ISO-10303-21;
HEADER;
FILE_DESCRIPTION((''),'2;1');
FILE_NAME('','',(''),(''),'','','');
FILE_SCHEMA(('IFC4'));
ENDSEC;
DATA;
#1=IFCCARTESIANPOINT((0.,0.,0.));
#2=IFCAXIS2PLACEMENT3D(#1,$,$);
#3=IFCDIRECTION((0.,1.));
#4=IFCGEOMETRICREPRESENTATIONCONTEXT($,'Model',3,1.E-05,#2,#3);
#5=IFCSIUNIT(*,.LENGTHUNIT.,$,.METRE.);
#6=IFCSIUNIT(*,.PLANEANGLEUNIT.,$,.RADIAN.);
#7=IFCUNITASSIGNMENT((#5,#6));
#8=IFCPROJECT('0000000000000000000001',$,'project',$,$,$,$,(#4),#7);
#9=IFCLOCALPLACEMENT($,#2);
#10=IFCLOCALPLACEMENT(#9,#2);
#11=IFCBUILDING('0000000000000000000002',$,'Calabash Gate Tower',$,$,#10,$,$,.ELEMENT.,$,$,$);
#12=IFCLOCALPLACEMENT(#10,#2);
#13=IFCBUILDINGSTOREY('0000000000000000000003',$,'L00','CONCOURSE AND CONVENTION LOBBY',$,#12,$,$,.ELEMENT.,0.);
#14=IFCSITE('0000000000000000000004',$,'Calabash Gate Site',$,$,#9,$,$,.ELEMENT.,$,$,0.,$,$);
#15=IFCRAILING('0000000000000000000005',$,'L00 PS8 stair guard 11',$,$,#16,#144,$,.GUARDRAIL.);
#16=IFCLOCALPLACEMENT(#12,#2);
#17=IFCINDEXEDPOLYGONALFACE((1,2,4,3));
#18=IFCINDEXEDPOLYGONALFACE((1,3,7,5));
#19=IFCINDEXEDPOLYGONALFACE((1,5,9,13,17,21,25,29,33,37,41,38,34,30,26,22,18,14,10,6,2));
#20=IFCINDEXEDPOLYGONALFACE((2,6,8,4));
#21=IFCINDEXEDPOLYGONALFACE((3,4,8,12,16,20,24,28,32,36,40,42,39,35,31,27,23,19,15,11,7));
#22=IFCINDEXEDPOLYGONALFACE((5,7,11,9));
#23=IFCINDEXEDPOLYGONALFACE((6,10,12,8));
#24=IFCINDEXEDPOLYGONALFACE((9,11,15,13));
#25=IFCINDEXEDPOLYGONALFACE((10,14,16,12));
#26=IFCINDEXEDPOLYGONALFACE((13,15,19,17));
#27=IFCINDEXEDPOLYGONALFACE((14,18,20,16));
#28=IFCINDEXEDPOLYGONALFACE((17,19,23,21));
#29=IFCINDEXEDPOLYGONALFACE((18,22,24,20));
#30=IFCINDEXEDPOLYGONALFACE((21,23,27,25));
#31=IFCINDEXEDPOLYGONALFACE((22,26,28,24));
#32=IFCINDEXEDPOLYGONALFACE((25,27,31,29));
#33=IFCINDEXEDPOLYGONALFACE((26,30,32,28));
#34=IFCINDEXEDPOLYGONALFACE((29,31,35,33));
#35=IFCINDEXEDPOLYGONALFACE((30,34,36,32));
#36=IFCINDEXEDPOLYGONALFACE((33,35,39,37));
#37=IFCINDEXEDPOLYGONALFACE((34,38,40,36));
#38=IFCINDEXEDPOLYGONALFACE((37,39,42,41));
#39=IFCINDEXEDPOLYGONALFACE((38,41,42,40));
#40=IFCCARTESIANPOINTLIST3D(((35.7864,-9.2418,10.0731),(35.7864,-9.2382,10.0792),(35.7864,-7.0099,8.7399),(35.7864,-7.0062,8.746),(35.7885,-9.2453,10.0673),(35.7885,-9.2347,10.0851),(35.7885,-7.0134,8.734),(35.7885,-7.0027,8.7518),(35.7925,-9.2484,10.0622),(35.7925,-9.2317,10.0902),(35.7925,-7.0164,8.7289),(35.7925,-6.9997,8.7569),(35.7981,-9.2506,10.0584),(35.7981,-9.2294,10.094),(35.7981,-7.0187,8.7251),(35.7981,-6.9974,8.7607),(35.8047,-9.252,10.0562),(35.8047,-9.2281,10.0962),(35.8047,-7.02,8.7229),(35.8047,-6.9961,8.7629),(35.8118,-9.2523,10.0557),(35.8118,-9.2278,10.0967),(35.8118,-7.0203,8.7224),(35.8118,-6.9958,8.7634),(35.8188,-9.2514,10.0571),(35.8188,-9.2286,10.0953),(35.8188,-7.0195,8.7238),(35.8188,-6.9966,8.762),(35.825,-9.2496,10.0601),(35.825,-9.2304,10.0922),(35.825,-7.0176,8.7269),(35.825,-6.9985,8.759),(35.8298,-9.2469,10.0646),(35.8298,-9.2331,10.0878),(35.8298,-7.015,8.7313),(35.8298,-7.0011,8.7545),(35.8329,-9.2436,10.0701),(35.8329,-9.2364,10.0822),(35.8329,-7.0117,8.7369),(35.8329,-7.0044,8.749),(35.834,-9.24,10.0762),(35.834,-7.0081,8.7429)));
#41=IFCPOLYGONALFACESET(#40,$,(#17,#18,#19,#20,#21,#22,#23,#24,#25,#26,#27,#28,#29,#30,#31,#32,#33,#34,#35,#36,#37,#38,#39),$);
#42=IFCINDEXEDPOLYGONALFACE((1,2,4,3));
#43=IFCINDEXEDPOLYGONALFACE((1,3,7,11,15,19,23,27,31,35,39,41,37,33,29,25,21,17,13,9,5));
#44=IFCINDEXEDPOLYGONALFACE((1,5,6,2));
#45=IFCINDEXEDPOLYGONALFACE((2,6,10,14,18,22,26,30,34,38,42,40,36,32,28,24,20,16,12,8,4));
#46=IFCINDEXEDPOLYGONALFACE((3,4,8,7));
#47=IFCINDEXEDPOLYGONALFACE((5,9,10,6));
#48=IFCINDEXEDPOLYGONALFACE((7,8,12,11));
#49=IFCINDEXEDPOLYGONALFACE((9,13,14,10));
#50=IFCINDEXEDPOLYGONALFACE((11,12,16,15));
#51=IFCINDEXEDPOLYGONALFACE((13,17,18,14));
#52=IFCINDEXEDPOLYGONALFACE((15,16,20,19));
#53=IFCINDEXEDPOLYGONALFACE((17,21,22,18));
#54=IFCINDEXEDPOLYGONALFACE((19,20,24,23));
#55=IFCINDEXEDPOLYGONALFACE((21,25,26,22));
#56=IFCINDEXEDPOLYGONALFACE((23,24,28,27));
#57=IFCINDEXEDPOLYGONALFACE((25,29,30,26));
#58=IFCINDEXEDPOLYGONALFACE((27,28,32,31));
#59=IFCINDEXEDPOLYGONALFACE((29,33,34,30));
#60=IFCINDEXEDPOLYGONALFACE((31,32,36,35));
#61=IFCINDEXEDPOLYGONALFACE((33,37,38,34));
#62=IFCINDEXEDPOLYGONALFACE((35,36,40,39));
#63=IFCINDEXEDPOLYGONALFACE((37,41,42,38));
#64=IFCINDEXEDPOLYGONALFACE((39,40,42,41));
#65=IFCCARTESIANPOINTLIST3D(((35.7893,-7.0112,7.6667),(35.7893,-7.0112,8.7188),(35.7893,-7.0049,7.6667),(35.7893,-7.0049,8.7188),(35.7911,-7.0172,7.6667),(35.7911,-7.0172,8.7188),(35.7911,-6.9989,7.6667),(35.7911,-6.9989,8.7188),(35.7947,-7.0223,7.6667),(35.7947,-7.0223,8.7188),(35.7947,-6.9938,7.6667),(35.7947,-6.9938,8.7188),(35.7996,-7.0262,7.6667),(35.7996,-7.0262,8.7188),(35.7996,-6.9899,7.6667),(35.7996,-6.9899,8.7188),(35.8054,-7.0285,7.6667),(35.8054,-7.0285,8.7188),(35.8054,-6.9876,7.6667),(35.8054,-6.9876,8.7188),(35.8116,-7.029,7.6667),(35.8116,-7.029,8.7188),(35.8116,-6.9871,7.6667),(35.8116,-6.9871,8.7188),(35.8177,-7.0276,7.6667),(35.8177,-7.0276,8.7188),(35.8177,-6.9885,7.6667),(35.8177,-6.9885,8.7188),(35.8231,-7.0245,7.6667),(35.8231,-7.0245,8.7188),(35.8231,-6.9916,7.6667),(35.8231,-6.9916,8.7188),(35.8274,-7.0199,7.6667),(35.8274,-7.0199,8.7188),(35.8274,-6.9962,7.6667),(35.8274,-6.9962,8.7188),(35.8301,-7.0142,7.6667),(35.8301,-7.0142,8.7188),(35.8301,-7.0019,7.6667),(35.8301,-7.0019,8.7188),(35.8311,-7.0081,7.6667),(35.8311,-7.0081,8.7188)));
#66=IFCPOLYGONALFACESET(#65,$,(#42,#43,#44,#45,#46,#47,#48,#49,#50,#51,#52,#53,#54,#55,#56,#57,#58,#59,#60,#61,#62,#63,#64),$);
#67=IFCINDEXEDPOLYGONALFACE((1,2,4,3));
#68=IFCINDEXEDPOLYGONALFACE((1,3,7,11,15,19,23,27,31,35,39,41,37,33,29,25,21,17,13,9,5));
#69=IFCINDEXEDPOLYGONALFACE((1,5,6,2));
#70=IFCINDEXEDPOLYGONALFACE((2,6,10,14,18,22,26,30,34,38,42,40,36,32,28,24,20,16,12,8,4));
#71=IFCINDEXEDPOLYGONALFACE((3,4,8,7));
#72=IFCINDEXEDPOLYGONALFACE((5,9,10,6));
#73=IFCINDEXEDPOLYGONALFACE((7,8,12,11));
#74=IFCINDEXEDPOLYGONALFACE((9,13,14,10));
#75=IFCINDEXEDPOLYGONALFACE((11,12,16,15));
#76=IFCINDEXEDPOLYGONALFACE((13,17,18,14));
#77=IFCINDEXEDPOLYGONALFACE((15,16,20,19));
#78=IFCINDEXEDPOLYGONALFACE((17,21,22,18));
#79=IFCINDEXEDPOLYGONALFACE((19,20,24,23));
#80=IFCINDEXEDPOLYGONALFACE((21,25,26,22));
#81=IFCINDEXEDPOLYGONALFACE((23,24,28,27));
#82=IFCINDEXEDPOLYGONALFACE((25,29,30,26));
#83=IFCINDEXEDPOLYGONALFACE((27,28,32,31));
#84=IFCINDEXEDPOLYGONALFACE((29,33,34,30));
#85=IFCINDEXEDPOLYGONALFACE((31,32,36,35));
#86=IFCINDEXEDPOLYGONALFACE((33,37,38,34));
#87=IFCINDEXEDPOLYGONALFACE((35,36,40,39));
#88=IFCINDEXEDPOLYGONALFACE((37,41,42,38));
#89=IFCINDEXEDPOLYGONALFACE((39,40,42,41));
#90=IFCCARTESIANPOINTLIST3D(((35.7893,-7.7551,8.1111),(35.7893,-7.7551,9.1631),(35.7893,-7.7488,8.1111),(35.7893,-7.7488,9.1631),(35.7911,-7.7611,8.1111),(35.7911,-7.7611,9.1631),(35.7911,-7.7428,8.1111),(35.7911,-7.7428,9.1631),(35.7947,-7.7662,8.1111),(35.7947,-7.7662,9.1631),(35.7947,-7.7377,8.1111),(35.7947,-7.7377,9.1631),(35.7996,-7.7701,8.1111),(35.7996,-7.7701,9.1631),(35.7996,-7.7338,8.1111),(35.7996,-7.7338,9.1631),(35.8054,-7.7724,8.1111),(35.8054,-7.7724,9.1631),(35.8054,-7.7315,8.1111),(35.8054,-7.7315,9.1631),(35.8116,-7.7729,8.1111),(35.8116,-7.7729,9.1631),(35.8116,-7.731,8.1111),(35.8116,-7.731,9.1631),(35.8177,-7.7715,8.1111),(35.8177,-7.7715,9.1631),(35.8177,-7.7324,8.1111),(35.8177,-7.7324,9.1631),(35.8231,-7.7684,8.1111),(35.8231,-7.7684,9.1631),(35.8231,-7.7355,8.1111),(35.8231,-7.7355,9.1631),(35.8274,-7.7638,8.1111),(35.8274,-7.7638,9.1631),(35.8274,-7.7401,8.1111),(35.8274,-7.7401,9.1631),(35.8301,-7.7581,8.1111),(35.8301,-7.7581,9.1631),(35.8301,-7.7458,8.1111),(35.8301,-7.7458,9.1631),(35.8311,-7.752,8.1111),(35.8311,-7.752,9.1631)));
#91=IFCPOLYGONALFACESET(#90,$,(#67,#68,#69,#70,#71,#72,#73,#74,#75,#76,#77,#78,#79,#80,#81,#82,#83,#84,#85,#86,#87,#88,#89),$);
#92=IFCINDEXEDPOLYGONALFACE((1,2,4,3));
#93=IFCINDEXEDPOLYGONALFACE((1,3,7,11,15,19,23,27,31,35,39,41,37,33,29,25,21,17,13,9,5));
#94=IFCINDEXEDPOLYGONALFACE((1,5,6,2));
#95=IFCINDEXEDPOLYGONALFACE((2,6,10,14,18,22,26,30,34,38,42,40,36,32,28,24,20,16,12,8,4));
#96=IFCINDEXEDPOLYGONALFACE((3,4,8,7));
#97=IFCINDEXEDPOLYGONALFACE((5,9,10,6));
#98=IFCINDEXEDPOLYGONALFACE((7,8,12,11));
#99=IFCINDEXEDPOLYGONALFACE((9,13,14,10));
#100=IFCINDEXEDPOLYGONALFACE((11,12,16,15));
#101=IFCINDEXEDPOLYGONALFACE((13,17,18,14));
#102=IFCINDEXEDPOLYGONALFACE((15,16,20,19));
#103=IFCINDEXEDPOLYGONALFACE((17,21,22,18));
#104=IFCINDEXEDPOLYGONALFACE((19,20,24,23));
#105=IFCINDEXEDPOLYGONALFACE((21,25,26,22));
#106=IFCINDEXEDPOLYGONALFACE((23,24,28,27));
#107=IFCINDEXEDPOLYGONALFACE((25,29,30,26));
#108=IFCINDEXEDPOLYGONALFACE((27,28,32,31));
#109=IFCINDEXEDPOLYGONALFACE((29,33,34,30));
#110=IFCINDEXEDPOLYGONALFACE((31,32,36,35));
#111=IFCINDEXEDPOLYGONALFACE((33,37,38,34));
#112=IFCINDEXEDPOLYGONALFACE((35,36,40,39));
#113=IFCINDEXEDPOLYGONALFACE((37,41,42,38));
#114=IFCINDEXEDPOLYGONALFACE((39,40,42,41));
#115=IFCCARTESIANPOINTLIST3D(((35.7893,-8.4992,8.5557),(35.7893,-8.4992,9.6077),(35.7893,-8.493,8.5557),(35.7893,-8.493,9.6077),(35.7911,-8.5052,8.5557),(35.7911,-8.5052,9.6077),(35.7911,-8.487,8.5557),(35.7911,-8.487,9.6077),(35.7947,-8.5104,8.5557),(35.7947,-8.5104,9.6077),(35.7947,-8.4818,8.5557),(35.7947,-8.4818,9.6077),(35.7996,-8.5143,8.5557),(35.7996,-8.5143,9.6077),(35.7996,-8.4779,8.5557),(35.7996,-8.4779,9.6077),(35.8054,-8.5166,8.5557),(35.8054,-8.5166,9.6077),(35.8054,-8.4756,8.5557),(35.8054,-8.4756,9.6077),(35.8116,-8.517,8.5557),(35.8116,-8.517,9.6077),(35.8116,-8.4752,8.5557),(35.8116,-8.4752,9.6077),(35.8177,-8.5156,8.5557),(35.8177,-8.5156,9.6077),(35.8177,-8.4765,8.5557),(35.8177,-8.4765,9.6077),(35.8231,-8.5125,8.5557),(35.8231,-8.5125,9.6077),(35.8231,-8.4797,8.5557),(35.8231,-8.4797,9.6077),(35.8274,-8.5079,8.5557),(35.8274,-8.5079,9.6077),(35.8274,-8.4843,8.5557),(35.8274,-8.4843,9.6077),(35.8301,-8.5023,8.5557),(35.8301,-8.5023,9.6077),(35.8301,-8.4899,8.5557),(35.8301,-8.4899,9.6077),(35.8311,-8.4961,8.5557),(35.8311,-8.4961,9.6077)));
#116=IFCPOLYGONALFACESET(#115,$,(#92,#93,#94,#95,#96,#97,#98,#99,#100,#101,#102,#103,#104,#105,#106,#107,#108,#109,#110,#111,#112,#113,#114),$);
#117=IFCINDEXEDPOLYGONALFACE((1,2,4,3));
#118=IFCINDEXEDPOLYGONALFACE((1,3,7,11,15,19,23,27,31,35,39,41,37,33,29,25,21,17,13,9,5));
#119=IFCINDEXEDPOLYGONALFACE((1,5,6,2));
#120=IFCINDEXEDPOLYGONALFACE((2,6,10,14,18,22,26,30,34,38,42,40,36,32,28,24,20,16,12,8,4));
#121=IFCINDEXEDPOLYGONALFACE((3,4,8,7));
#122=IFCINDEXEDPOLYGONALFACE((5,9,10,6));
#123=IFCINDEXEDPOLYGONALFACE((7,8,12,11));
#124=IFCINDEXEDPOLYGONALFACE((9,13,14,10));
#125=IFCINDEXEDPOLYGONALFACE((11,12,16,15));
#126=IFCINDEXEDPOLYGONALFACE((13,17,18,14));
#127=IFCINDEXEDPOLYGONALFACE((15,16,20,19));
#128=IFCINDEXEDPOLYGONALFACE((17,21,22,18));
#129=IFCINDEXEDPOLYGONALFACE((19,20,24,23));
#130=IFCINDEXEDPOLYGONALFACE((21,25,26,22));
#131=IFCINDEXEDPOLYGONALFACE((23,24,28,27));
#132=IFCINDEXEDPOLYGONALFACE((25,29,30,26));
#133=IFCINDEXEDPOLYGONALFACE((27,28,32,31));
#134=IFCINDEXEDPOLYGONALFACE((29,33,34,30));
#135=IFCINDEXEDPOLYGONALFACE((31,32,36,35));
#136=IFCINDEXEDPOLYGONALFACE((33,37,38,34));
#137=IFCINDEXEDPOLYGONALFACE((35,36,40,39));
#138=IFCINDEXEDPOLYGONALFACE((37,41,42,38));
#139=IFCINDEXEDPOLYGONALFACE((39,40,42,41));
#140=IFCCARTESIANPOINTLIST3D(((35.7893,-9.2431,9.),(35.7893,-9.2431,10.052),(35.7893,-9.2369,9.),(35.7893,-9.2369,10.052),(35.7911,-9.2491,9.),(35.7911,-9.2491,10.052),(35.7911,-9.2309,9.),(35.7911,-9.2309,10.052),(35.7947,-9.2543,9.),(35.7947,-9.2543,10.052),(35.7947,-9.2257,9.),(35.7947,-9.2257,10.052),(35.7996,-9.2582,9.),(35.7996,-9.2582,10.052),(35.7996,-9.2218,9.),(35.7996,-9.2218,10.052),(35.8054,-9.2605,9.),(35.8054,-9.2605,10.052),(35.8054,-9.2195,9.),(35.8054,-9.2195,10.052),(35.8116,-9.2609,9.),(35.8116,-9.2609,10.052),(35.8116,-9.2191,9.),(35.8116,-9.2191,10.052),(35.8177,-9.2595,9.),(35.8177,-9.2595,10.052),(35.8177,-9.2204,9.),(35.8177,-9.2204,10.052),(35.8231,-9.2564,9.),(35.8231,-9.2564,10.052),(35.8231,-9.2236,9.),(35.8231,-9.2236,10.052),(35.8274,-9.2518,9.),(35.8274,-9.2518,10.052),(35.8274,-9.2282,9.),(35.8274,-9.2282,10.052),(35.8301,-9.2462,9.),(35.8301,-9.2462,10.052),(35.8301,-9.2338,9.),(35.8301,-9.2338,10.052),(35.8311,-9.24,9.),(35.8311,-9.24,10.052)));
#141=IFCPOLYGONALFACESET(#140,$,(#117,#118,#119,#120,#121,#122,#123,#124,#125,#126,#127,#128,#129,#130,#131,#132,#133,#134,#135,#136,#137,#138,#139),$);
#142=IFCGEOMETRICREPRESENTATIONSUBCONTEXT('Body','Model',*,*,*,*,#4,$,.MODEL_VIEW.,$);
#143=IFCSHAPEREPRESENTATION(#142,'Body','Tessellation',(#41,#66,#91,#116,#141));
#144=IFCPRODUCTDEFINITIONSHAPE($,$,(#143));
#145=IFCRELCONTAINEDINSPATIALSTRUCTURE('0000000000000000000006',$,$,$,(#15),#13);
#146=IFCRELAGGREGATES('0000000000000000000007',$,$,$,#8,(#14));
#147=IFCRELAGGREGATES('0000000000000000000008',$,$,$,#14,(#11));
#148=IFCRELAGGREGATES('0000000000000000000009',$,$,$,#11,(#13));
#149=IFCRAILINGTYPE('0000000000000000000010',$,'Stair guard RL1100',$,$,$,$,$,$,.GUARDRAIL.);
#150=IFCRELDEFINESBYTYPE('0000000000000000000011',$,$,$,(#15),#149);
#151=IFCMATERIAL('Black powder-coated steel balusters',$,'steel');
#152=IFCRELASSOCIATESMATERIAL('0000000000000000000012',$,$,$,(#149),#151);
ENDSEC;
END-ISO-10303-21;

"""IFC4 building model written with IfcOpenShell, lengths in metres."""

from ifc_helpers import new_model, si_unit, direction, frame, origin, origin_2d, place, context, subcontext, project, spatial, circle, extrude, material, type_object, element, save


model = new_model("IFC4")

# Units and contexts
model_context = context("Model", 3, precision=1e-05, world=origin(), true_north=direction((0.0, 1.0)))
body_context = subcontext(model_context, "Body", "Model", "MODEL_VIEW")
ifc_project = project(units=[si_unit("LENGTHUNIT", "METRE"), si_unit("PLANEANGLEUNIT", "RADIAN")], contexts=[model_context])

# Site, building, storey
site_placement = place(None, origin())
site = spatial("IfcSite", under=ifc_project, at=site_placement, Name="Calabash Gate Site", CompositionType="ELEMENT", RefElevation=0.0)
building_placement = place(site_placement, origin())
building = spatial("IfcBuilding", under=site, at=building_placement, Name="Calabash Gate Tower", CompositionType="ELEMENT")
storey_placement = place(building_placement, origin())
storey = spatial("IfcBuildingStorey", under=building, at=storey_placement, Name="L00", Description="CONCOURSE AND CONVENTION LOBBY", CompositionType="ELEMENT", Elevation=0.0)

# Railing
ifc_material_1 = material(Name="Black powder-coated steel balusters", Category="steel")
railing_type_1 = type_object("IfcRailingType", Name="Stair guard RL1100", PredefinedType="GUARDRAIL", material=ifc_material_1)
railing_1_placement = place(storey_placement, frame((35.8101, -7.0081, 7.6667)))
element("IfcRailing", 1, at=railing_1_placement, inside=storey, type_object=railing_type_1, Name="L00 PS8 stair guard 11", PredefinedType="GUARDRAIL", context=body_context, shape_type="SweptSolid", body=[
    extrude(circle(Radius=0.0239, at=origin_2d()), frame((0.0, 0.0, 1.0762), z_axis=(0.0, -0.858494, 0.512824), x_axis=(1.0, 0.0, 0.0)), (0.0, 0.0, 1.0), 2.5999),
    extrude(circle(Radius=0.021, at=origin_2d()), origin(), (0.0, 0.0, 1.0), 1.052),
    extrude(circle(Radius=0.021, at=origin_2d()), frame((0.0, -0.7439, 0.4443)), (0.0, 0.0, 1.0), 1.052),
    extrude(circle(Radius=0.021, at=origin_2d()), frame((0.0, -1.488, 0.8889)), (0.0, 0.0, 1.0), 1.052),
    extrude(circle(Radius=0.021, at=origin_2d()), frame((0.0, -2.2319, 1.3333)), (0.0, 0.0, 1.0), 1.052),
])

save(model, "model.ifc")
